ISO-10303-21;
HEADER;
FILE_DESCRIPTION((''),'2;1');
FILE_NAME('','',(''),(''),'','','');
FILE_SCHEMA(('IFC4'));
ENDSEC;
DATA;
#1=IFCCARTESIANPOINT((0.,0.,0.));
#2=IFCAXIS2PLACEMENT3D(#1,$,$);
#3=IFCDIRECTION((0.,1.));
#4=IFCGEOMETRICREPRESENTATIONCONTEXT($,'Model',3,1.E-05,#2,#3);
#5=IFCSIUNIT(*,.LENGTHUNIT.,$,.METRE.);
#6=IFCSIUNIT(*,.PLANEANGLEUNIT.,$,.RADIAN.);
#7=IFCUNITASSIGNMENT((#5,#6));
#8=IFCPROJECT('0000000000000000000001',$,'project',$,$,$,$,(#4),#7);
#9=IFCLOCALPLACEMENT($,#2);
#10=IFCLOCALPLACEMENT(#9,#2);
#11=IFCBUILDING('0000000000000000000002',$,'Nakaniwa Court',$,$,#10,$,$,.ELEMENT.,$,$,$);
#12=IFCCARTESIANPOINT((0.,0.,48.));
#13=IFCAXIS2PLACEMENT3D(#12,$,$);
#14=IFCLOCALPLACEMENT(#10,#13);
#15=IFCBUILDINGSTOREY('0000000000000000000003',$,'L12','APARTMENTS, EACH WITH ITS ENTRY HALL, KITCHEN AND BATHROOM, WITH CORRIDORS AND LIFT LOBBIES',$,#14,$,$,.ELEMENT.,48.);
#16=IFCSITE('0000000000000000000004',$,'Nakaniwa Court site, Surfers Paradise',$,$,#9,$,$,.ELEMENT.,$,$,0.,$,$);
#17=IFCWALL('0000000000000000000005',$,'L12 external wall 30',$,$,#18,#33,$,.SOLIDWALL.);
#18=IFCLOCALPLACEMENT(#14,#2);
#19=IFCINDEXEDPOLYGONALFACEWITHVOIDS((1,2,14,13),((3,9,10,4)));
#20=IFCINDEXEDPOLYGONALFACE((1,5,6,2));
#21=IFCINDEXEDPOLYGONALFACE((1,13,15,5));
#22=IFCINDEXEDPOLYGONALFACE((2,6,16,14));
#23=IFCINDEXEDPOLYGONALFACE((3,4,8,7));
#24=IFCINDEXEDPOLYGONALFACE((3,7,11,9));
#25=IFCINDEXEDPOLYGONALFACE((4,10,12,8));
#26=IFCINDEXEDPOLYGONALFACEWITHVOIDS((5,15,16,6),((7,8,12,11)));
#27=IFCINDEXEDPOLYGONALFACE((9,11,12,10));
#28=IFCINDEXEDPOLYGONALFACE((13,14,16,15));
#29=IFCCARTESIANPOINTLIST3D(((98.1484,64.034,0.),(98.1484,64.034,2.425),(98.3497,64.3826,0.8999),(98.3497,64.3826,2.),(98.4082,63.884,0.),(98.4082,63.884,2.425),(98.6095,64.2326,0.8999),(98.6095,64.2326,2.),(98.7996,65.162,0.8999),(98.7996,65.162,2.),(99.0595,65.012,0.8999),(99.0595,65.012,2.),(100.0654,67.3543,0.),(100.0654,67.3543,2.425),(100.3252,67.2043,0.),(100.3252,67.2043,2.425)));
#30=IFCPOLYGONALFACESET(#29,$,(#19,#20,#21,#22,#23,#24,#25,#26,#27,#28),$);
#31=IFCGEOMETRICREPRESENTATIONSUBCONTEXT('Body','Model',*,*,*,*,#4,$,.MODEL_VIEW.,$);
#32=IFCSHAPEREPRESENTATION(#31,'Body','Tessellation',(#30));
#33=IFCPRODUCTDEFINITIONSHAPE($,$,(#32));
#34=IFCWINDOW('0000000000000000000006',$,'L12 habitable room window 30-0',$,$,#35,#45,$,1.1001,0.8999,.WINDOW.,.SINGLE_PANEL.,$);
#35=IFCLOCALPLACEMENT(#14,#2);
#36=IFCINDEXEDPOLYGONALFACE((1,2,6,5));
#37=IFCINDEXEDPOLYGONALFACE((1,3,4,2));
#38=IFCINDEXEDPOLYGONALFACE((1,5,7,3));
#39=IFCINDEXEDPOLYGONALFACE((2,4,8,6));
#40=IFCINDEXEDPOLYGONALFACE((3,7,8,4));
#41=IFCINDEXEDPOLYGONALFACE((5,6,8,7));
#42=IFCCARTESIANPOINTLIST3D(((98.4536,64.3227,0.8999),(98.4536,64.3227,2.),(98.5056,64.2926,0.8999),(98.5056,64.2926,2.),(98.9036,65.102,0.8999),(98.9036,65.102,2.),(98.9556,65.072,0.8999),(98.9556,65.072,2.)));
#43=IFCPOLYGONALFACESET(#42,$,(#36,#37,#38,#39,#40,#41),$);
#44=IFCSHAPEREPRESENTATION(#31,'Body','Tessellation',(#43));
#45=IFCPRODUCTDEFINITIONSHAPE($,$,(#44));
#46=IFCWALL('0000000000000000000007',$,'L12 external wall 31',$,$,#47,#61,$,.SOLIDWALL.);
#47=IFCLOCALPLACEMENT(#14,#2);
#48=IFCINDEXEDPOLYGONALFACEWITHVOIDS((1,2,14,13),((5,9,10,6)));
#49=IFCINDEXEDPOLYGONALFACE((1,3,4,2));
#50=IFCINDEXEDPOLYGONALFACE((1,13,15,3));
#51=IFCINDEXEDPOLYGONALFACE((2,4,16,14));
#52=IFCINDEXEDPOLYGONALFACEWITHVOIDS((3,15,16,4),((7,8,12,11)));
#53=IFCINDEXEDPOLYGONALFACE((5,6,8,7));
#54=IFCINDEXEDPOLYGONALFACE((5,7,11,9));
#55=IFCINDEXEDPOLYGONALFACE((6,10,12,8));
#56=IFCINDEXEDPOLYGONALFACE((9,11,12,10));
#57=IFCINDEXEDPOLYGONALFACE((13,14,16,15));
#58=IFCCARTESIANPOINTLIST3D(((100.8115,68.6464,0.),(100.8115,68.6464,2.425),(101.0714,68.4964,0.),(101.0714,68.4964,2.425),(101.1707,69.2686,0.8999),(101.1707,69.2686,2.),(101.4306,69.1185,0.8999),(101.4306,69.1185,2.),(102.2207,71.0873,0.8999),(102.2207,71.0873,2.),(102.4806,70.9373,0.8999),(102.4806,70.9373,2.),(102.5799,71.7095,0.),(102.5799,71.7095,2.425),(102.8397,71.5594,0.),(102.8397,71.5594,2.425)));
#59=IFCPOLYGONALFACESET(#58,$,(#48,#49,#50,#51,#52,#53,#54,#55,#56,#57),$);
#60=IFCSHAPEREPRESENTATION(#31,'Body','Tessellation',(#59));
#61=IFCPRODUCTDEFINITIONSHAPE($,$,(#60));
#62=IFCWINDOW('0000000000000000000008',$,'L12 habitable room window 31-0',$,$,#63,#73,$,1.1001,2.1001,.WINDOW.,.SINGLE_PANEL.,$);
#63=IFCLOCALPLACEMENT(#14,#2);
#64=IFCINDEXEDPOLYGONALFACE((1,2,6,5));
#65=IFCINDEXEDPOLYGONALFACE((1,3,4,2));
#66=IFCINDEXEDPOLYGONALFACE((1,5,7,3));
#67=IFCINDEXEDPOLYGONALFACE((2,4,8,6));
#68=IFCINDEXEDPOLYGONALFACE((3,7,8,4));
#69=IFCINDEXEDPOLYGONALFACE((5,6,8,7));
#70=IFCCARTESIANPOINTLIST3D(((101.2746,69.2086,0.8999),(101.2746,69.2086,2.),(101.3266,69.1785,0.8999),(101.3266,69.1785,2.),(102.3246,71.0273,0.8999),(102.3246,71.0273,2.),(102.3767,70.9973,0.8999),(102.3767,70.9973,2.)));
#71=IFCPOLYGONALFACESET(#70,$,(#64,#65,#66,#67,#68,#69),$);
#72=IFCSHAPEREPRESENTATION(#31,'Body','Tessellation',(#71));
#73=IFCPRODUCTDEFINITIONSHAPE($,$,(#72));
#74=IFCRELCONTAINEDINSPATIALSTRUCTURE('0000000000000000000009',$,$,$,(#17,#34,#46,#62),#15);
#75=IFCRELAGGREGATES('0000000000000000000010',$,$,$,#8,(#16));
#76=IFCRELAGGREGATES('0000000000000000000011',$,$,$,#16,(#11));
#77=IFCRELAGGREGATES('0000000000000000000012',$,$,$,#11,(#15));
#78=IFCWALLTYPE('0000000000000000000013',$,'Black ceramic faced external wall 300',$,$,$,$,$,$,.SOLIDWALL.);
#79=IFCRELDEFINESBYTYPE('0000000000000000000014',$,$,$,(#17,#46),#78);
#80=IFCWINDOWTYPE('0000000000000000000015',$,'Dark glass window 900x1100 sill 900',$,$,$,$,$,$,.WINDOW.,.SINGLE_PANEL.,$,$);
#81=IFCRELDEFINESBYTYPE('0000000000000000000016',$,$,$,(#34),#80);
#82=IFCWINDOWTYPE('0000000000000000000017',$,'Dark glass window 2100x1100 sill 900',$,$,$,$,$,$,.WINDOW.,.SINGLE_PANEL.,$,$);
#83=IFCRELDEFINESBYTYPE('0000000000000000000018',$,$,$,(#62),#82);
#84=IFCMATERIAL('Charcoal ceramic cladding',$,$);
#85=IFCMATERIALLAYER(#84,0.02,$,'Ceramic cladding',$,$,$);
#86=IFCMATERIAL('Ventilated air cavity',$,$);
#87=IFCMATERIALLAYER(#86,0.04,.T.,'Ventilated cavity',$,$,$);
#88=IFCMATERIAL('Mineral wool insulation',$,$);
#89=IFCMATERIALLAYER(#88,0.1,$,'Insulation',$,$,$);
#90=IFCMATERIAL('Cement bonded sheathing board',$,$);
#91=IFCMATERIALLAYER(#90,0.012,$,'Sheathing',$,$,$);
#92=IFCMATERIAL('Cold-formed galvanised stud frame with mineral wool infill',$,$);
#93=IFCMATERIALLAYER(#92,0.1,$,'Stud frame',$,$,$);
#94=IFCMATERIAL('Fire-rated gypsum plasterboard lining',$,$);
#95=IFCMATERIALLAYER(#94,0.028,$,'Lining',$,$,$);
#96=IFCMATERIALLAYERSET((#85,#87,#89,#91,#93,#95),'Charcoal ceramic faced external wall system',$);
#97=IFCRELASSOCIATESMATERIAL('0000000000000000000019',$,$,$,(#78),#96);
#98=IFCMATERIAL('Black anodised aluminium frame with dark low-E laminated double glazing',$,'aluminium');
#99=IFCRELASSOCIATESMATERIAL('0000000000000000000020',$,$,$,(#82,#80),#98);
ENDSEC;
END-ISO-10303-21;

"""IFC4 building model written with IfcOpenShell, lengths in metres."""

from ifc_helpers import new_model, si_unit, direction, frame, frame_2d, origin, place, context, subcontext, project, spatial, rectangle, extrude, material, layer, layer_set, type_object, element, fill, save


model = new_model("IFC4")

# Units and contexts
model_context = context("Model", 3, precision=1e-05, world=origin(), true_north=direction((0.0, 1.0)))
body_context = subcontext(model_context, "Body", "Model", "MODEL_VIEW")
ifc_project = project(units=[si_unit("LENGTHUNIT", "METRE"), si_unit("PLANEANGLEUNIT", "RADIAN")], contexts=[model_context])

# Site, building, storey
site_placement = place(None, origin())
site = spatial("IfcSite", under=ifc_project, at=site_placement, Name="Nakaniwa Court site, Surfers Paradise", CompositionType="ELEMENT", RefElevation=0.0)
building_placement = place(site_placement, origin())
building = spatial("IfcBuilding", under=site, at=building_placement, Name="Nakaniwa Court", CompositionType="ELEMENT")
storey_placement = place(building_placement, frame((0.0, 0.0, 48.0)))
storey = spatial("IfcBuildingStorey", under=building, at=storey_placement, Name="L12", Description="APARTMENTS, EACH WITH ITS ENTRY HALL, KITCHEN AND BATHROOM, WITH CORRIDORS AND LIFT LOBBIES", CompositionType="ELEMENT", Elevation=48.0)

# Walls, openings, windows
ifc_material_1 = material(Name="Charcoal ceramic cladding")
ifc_layer_1 = layer(ifc_material_1, 0.02, Name="Ceramic cladding")
ifc_material_2 = material(Name="Ventilated air cavity")
ifc_layer_2 = layer(ifc_material_2, 0.04, ventilated=True, Name="Ventilated cavity")
ifc_material_3 = material(Name="Mineral wool insulation")
ifc_layer_3 = layer(ifc_material_3, 0.1, Name="Insulation")
ifc_material_4 = material(Name="Cement bonded sheathing board")
ifc_layer_4 = layer(ifc_material_4, 0.012, Name="Sheathing")
ifc_material_5 = material(Name="Cold-formed galvanised stud frame with mineral wool infill")
ifc_layer_5 = layer(ifc_material_5, 0.1, Name="Stud frame")
ifc_material_6 = material(Name="Fire-rated gypsum plasterboard lining")
ifc_layer_6 = layer(ifc_material_6, 0.028, Name="Lining")
ifc_layer_set_1 = layer_set([ifc_layer_1, ifc_layer_2, ifc_layer_3, ifc_layer_4, ifc_layer_5, ifc_layer_6], Name="Charcoal ceramic faced external wall system")
wall_type_1 = type_object("IfcWallType", Name="Black ceramic faced external wall 300", PredefinedType="SOLIDWALL", material=ifc_layer_set_1)
ifc_material_7 = material(Name="Black anodised aluminium frame with dark low-E laminated double glazing", Category="aluminium")
window_type_1 = type_object("IfcWindowType", Name="Dark glass window 2100x1100 sill 900", PartitioningType="SINGLE_PANEL", PredefinedType="WINDOW", material=ifc_material_7)
wall_1_placement = place(storey_placement, frame((98.2783, 63.959, 0.0), z_axis=(0.0, 0.0, 1.0), x_axis=(0.500002, 0.866024, 0.0)))
wall_1 = element("IfcWall", 1, at=wall_1_placement, inside=storey, type_object=wall_type_1, Name="L12 external wall 30", PredefinedType="SOLIDWALL", context=body_context, shape_type="SweptSolid", body=[
    extrude(rectangle(XDim=3.834, YDim=0.3, at=frame_2d((1.917, 0.0))), origin(), (0.0, 0.0, 1.0), 2.425),
])
opening_1_placement = place(wall_1_placement, frame((0.4026, 0.0, 0.8999)))
opening_1 = element("IfcOpeningElement", 2, at=opening_1_placement, cuts=wall_1, PredefinedType="OPENING", context=body_context, shape_type="SweptSolid", body=[
    extrude(rectangle(XDim=0.8999, YDim=1.1001, at=frame_2d((0.45, 0.55))), frame((0.0, 0.1599, 0.0), z_axis=(0.0, -1.0, 0.0), x_axis=(1.0, 0.0, 0.0)), (0.0, 0.0, 1.0), 0.3201),
])
window_type_2 = type_object("IfcWindowType", Name="Dark glass window 900x1100 sill 900", PartitioningType="SINGLE_PANEL", PredefinedType="WINDOW", material=ifc_material_7)
window_1_placement = place(opening_1_placement, origin())
window_1 = element("IfcWindow", 3, at=window_1_placement, inside=storey, type_object=window_type_2, Name="L12 habitable room window 30-0", OverallHeight=1.1001, OverallWidth=0.8999, PartitioningType="SINGLE_PANEL", PredefinedType="WINDOW", context=body_context, shape_type="SweptSolid", body=[
    extrude(rectangle(XDim=0.8999, YDim=1.1001, at=frame_2d((0.45, 0.55))), frame((0.0, 0.03, 0.0), z_axis=(0.0, -1.0, 0.0), x_axis=(1.0, 0.0, 0.0)), (0.0, 0.0, 1.0), 0.0601),
])
fill(opening_1, window_1)
wall_2_placement = place(storey_placement, frame((100.9414, 68.5713, 0.0), z_axis=(0.0, 0.0, 1.0), x_axis=(0.499977, 0.866038, 0.0)))
wall_2 = element("IfcWall", 4, at=wall_2_placement, inside=storey, type_object=wall_type_1, Name="L12 external wall 31", PredefinedType="SOLIDWALL", context=body_context, shape_type="SweptSolid", body=[
    extrude(rectangle(XDim=3.5369, YDim=0.3, at=frame_2d((1.7686, 0.0))), origin(), (0.0, 0.0, 1.0), 2.425),
])
opening_2_placement = place(wall_2_placement, frame((0.7185, 0.0, 0.8999)))
opening_2 = element("IfcOpeningElement", 5, at=opening_2_placement, cuts=wall_2, PredefinedType="OPENING", context=body_context, shape_type="SweptSolid", body=[
    extrude(rectangle(XDim=2.1001, YDim=1.1001, at=frame_2d((1.05, 0.55))), frame((0.0, 0.1599, 0.0), z_axis=(0.0, -1.0, 0.0), x_axis=(1.0, 0.0, 0.0)), (0.0, 0.0, 1.0), 0.3201),
])
window_2_placement = place(opening_2_placement, origin())
window_2 = element("IfcWindow", 6, at=window_2_placement, inside=storey, type_object=window_type_1, Name="L12 habitable room window 31-0", OverallHeight=1.1001, OverallWidth=2.1001, PartitioningType="SINGLE_PANEL", PredefinedType="WINDOW", context=body_context, shape_type="SweptSolid", body=[
    extrude(rectangle(XDim=2.1001, YDim=1.1001, at=frame_2d((1.05, 0.55))), frame((0.0, 0.03, 0.0), z_axis=(0.0, -1.0, 0.0), x_axis=(1.0, 0.0, 0.0)), (0.0, 0.0, 1.0), 0.0601),
])
fill(opening_2, window_2)

save(model, "model.ifc")
